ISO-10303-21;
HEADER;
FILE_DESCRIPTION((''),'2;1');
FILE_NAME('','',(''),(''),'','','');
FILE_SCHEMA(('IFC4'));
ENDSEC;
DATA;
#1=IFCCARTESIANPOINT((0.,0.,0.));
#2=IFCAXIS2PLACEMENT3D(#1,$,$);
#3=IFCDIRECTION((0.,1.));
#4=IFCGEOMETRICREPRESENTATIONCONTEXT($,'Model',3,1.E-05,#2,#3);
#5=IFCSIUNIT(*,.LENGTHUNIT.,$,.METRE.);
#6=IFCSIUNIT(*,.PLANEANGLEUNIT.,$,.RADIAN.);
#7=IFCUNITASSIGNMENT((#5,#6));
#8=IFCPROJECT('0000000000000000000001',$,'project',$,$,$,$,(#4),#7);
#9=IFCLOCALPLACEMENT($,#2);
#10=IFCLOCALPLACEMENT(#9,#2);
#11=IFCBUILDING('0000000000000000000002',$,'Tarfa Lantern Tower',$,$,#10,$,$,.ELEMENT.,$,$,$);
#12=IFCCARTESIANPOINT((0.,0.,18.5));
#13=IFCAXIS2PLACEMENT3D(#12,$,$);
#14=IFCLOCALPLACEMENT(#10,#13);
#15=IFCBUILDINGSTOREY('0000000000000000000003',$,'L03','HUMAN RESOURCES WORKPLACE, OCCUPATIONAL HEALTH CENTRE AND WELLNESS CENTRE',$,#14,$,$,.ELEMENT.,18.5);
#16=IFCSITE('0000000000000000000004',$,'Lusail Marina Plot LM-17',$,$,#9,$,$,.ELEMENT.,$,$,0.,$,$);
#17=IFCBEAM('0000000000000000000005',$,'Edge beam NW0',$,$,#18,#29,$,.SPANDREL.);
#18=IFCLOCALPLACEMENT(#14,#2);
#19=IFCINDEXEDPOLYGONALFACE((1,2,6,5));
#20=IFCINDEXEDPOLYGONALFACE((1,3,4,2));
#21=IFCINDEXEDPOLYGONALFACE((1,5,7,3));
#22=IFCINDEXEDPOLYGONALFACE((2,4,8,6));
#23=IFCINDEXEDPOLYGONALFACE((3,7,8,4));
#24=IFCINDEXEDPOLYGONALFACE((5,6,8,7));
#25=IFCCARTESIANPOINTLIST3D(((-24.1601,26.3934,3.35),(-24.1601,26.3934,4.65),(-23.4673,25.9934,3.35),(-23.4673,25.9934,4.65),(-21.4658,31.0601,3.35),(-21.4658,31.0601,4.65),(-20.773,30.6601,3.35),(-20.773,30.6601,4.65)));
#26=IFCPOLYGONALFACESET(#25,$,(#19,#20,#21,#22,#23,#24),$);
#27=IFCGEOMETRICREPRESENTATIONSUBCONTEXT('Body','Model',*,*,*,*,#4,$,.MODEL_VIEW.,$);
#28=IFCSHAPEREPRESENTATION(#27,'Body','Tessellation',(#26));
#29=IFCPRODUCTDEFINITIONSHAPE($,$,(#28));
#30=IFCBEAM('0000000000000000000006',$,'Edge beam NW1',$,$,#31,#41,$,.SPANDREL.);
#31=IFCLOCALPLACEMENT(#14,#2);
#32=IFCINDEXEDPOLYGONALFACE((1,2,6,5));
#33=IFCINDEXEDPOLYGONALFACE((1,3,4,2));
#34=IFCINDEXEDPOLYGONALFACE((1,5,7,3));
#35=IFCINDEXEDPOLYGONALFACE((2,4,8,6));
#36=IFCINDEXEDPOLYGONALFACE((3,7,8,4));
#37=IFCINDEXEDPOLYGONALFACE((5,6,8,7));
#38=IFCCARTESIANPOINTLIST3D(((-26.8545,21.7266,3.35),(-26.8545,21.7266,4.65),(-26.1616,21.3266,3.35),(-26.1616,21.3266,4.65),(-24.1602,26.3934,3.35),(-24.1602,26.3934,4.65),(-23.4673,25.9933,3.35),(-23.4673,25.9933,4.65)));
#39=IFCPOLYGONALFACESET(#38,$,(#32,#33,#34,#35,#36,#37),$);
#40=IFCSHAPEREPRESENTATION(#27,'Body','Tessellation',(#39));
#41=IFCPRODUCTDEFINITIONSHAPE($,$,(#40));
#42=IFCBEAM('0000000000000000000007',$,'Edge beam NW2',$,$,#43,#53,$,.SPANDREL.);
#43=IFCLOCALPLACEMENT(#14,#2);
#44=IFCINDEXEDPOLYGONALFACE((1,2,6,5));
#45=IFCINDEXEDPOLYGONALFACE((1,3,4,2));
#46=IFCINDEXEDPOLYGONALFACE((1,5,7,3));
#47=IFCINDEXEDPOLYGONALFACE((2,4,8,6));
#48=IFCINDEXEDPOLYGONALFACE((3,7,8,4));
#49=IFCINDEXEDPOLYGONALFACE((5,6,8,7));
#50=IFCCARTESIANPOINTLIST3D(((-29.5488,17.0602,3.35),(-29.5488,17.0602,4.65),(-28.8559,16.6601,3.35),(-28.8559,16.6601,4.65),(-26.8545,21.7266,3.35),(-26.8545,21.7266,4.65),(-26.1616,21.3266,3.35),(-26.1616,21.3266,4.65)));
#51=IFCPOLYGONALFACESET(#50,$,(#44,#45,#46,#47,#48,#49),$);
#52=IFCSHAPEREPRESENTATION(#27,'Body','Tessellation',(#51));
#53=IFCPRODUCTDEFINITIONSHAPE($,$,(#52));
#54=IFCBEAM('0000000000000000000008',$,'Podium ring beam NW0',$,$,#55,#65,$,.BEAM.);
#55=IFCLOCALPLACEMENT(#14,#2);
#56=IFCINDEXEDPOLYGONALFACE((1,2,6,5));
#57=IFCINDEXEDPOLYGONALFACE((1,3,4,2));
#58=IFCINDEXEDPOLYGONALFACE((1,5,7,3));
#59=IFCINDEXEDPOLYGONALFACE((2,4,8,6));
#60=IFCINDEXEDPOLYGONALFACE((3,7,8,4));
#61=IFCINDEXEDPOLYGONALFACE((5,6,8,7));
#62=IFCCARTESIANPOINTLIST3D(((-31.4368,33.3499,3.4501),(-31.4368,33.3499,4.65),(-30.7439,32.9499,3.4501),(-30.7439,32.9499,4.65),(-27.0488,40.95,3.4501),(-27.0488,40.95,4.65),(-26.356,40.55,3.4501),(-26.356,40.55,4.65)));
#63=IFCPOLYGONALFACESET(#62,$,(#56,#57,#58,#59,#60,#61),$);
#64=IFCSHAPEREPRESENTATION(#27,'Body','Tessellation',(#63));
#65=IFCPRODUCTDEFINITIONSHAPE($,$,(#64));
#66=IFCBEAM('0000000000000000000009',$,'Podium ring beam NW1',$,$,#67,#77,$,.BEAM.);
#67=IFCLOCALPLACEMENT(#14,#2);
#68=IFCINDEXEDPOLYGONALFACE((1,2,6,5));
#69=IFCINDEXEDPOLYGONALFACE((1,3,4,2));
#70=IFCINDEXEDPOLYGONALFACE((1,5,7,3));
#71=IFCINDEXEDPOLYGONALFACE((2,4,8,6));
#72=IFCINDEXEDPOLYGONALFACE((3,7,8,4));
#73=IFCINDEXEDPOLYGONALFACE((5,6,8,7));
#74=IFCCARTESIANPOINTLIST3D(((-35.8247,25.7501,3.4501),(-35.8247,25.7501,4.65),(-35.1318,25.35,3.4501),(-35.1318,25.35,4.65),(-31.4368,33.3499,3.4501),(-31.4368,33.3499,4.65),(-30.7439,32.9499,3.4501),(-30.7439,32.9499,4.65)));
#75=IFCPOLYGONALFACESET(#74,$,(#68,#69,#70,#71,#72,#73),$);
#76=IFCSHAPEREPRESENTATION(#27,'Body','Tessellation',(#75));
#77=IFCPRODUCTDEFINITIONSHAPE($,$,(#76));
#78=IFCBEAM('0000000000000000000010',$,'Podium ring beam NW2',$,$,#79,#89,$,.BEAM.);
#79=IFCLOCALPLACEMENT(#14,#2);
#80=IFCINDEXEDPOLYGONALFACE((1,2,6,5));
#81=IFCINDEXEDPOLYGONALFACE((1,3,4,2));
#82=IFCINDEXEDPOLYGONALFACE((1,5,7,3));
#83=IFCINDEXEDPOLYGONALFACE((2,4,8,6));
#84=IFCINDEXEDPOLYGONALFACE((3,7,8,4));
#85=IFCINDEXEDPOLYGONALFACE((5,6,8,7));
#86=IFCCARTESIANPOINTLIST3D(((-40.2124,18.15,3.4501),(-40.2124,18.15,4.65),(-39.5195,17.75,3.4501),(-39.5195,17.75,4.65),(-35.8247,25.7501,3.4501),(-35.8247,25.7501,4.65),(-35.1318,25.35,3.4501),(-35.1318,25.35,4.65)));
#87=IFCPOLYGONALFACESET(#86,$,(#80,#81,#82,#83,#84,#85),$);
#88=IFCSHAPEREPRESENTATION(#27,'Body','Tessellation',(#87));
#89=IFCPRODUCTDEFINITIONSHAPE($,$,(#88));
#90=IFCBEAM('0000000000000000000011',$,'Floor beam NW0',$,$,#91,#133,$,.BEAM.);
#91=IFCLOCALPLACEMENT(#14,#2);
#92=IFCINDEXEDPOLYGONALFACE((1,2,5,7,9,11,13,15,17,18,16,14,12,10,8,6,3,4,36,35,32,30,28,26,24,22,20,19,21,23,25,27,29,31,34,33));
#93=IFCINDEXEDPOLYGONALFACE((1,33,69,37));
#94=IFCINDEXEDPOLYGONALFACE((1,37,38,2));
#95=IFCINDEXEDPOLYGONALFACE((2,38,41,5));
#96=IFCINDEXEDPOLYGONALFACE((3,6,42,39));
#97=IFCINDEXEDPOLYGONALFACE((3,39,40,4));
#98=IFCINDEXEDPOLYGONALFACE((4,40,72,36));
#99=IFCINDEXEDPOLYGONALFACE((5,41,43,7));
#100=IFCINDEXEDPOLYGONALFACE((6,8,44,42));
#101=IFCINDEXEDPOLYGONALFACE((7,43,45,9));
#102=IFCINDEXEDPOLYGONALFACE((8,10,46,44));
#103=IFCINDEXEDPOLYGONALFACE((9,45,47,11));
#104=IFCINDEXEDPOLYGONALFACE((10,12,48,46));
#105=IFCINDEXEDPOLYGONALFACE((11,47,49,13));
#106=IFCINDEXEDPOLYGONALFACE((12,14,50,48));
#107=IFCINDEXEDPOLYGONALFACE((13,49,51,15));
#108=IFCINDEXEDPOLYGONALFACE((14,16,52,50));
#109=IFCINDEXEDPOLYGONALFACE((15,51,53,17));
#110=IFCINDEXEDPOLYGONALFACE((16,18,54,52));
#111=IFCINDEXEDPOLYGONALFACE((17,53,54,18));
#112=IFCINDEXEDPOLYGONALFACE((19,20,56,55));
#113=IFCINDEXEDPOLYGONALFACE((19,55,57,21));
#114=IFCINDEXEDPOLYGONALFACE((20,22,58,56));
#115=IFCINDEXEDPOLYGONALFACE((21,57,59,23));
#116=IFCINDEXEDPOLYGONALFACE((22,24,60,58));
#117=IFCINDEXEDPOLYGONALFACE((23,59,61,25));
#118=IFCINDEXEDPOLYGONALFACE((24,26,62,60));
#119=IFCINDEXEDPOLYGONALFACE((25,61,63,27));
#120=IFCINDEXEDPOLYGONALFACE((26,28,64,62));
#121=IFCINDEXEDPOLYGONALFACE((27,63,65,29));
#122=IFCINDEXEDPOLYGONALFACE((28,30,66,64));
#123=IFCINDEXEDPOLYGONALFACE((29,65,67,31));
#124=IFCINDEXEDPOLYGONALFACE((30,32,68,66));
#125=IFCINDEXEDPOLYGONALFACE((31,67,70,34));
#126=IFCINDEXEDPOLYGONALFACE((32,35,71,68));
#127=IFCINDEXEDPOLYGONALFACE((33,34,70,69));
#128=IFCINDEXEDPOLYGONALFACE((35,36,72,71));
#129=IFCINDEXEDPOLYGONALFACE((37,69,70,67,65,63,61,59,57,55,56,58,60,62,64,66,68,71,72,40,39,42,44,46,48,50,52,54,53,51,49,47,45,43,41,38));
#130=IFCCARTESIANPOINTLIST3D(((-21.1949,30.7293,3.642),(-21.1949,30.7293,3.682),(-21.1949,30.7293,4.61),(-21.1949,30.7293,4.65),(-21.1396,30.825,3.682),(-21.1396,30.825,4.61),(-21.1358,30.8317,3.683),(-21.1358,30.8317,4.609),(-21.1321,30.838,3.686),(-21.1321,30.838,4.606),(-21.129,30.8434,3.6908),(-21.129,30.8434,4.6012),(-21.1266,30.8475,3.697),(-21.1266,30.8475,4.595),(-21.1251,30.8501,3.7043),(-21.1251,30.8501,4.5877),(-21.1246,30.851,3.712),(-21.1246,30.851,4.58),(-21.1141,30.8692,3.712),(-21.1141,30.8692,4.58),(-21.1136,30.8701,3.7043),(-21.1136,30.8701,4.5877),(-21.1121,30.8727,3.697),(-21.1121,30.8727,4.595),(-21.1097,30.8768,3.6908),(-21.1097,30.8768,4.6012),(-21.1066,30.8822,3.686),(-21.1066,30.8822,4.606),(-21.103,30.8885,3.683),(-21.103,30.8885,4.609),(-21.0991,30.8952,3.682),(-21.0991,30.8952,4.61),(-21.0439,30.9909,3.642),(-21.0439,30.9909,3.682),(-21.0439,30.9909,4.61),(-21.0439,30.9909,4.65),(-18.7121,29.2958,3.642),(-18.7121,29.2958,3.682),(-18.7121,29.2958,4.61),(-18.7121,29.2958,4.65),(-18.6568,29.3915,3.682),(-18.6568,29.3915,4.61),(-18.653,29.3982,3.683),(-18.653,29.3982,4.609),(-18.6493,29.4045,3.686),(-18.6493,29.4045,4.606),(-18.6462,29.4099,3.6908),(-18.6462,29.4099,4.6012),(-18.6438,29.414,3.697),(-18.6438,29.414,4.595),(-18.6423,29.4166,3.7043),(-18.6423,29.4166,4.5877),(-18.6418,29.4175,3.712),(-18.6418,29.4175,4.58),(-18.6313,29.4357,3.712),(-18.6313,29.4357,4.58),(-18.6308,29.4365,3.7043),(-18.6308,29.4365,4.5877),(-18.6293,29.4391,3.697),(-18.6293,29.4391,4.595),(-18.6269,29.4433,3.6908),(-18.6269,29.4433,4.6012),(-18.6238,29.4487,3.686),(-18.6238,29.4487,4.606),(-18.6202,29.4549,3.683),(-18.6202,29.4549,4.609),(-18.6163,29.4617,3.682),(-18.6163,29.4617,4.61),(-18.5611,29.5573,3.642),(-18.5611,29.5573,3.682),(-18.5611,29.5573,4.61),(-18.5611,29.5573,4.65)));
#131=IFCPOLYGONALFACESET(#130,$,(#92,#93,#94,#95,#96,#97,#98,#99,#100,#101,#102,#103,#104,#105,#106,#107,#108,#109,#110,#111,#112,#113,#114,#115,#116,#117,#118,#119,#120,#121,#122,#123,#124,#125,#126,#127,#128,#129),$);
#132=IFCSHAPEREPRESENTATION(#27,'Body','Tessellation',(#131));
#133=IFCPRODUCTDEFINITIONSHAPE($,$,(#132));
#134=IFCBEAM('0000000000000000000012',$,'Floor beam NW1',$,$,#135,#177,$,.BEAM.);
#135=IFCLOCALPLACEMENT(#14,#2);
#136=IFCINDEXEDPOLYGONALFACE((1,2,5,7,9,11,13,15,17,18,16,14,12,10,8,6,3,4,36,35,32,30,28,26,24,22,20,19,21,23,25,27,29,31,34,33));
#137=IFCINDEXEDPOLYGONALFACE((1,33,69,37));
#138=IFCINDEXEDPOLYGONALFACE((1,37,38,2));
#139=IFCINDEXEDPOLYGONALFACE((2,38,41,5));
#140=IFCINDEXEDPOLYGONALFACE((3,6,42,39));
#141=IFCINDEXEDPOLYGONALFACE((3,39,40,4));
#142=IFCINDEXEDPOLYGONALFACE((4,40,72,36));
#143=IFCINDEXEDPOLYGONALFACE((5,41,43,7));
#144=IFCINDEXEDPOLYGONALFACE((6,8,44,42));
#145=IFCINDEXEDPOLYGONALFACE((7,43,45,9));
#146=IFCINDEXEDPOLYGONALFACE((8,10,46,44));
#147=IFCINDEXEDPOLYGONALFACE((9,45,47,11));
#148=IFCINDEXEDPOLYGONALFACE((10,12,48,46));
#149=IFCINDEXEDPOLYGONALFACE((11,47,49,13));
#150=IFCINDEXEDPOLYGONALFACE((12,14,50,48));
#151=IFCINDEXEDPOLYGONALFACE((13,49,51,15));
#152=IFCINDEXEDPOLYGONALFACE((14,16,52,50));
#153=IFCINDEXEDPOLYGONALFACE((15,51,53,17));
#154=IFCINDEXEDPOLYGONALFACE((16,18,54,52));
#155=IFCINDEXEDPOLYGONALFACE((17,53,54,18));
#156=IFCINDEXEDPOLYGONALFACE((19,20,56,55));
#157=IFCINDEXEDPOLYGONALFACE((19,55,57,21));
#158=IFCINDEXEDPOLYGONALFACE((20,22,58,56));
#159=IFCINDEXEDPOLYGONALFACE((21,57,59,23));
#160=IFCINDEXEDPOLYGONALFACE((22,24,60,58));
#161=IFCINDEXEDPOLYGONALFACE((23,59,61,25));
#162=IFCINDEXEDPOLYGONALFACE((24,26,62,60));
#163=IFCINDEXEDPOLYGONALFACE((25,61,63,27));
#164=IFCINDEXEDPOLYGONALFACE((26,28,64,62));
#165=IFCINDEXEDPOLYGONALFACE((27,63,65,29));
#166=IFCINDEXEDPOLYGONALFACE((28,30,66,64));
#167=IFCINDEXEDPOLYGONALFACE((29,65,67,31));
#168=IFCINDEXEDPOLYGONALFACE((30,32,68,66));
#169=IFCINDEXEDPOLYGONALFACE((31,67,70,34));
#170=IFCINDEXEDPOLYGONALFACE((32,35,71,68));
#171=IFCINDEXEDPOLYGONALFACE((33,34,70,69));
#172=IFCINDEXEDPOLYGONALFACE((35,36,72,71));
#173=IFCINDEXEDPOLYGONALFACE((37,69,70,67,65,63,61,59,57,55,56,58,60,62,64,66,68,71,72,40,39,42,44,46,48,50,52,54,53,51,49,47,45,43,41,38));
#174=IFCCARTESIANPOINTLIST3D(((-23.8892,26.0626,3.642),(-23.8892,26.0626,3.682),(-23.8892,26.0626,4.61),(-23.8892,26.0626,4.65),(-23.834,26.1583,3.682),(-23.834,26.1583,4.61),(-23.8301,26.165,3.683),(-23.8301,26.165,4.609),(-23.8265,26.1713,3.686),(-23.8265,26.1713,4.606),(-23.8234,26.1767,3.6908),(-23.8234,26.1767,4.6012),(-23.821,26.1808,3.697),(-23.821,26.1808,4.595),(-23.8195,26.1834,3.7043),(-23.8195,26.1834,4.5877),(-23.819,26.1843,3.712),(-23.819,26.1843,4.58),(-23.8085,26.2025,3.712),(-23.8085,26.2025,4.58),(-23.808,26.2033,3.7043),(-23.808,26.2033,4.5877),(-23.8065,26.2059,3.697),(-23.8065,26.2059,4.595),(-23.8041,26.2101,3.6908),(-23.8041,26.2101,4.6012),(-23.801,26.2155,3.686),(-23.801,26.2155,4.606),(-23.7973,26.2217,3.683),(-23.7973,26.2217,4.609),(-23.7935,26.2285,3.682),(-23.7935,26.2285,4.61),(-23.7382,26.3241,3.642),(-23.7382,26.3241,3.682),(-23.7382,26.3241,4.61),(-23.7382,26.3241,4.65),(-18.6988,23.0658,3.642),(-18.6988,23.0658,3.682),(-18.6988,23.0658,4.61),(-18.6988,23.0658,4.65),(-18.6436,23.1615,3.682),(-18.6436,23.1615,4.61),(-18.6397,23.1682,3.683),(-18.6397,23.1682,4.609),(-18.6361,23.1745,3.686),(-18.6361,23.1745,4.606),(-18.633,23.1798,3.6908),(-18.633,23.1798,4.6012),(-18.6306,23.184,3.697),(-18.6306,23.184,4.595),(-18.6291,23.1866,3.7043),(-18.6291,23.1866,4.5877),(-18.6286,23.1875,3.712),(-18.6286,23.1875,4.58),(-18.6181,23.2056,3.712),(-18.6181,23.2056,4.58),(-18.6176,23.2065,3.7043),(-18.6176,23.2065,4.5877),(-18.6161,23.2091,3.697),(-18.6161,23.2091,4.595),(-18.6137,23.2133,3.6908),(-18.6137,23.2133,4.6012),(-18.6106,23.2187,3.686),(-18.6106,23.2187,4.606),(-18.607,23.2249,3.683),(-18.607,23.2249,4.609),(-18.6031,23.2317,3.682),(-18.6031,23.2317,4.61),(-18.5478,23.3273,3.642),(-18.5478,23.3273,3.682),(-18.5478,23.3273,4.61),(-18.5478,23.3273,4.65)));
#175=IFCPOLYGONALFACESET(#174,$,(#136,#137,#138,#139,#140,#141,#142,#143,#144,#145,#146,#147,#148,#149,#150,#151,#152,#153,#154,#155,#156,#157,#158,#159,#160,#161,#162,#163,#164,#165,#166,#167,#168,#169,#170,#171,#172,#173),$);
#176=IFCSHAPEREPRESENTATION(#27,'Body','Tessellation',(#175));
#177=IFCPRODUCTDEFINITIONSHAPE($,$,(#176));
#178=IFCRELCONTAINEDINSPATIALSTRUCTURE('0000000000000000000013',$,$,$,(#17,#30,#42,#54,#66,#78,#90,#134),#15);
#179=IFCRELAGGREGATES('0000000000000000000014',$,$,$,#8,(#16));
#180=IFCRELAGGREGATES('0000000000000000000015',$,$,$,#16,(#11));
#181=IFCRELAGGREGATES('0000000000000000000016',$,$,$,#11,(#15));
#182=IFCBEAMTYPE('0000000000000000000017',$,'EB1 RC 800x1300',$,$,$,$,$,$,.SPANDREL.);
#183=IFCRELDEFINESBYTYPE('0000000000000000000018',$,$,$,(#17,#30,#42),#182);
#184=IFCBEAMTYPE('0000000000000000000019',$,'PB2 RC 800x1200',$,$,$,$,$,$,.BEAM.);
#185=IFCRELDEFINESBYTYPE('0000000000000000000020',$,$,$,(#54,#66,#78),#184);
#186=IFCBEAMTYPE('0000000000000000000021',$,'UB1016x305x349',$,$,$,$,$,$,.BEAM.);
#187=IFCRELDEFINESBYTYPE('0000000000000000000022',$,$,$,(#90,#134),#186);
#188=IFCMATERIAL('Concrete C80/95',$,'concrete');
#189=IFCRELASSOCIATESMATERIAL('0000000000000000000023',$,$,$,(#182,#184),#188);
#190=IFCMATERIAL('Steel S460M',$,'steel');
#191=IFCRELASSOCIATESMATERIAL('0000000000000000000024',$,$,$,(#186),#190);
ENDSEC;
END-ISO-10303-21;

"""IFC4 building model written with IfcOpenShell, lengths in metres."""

from ifc_helpers import new_model, si_unit, direction, frame, origin, origin_2d, place, context, subcontext, project, spatial, rectangle, i_section, extrude, material, material_profile, profile_set, type_object, element, save


model = new_model("IFC4")

# Units and contexts
model_context = context("Model", 3, precision=1e-05, world=origin(), true_north=direction((0.0, 1.0)))
body_context = subcontext(model_context, "Body", "Model", "MODEL_VIEW")
ifc_project = project(units=[si_unit("LENGTHUNIT", "METRE"), si_unit("PLANEANGLEUNIT", "RADIAN")], contexts=[model_context])

# Site, building, storey
site_placement = place(None, origin())
site = spatial("IfcSite", under=ifc_project, at=site_placement, Name="Lusail Marina Plot LM-17", CompositionType="ELEMENT", RefElevation=0.0)
building_placement = place(site_placement, origin())
building = spatial("IfcBuilding", under=site, at=building_placement, Name="Tarfa Lantern Tower", CompositionType="ELEMENT")
storey_placement = place(building_placement, frame((0.0, 0.0, 18.5)))
storey = spatial("IfcBuildingStorey", under=building, at=storey_placement, Name="L03", Description="HUMAN RESOURCES WORKPLACE, OCCUPATIONAL HEALTH CENTRE AND WELLNESS CENTRE", CompositionType="ELEMENT", Elevation=18.5)

# Shared definitions
ifc_material_1 = material(Name="Concrete C80/95", Category="concrete")

# Beams
ifc_material_profile_1 = material_profile(ifc_material_1, rectangle(XDim=0.8, YDim=1.3, at=origin_2d()), Name="RC 800x1300")
ifc_profile_set_1 = profile_set([ifc_material_profile_1], Name="Concrete C80/95")
beam_type_1 = type_object("IfcBeamType", Name="EB1 RC 800x1300", PredefinedType="SPANDREL", material=ifc_profile_set_1)
for number, where, z_axis, x_axis, name in (
    (1, (-21.1194, 30.8601, 4.0), (-0.499998, -0.866026, 0.0), (0.866026, -0.499998, 0.0), "Edge beam NW0"),
    (2, (-23.8137, 26.1934, 4.0), (-0.499998, -0.866026, 0.0), (0.866026, -0.499998, 0.0), "Edge beam NW1"),
):
    element("IfcBeam", number, at=place(storey_placement, frame(where, z_axis=z_axis, x_axis=x_axis)), inside=storey, type_object=beam_type_1, Name=name, PredefinedType="SPANDREL", context=body_context, shape_type="SweptSolid", body=[
        extrude(rectangle(XDim=0.8, YDim=1.3, at=origin_2d()), origin(), (0.0, 0.0, 1.0), 5.3887),
    ])
beam_1_placement = place(storey_placement, frame((-26.5081, 21.5266, 4.0), z_axis=(-0.500018, -0.866015, 0.0), x_axis=(0.866015, -0.500018, 0.0)))
element("IfcBeam", 3, at=beam_1_placement, inside=storey, type_object=beam_type_1, Name="Edge beam NW2", PredefinedType="SPANDREL", context=body_context, shape_type="SweptSolid", body=[
    extrude(rectangle(XDim=0.8, YDim=1.3, at=origin_2d()), origin(), (0.0, 0.0, 1.0), 5.3884),
])
ifc_material_profile_2 = material_profile(ifc_material_1, rectangle(XDim=0.8, YDim=1.2, at=origin_2d()), Name="RC 800x1200")
ifc_profile_set_2 = profile_set([ifc_material_profile_2], Name="Concrete C80/95")
beam_type_2 = type_object("IfcBeamType", Name="PB2 RC 800x1200", PredefinedType="BEAM", material=ifc_profile_set_2)
beam_2_placement = place(storey_placement, frame((-26.7024, 40.75, 4.05), z_axis=(-0.500002, -0.866024, 0.0), x_axis=(0.866024, -0.500002, 0.0)))
element("IfcBeam", 4, at=beam_2_placement, inside=storey, type_object=beam_type_2, Name="Podium ring beam NW0", PredefinedType="BEAM", context=body_context, shape_type="SweptSolid", body=[
    extrude(rectangle(XDim=0.8, YDim=1.2, at=origin_2d()), origin(), (0.0, 0.0, 1.0), 8.7759),
])
for number, where, z_axis, x_axis, name in (
    (5, (-31.0903, 33.1499, 4.05), (-0.500014, -0.866017, 0.0), (0.866017, -0.500014, 0.0), "Podium ring beam NW1"),
    (6, (-35.4783, 25.55, 4.05), (-0.499981, -0.866036, 0.0), (0.866036, -0.499981, 0.0), "Podium ring beam NW2"),
):
    element("IfcBeam", number, at=place(storey_placement, frame(where, z_axis=z_axis, x_axis=x_axis)), inside=storey, type_object=beam_type_2, Name=name, PredefinedType="BEAM", context=body_context, shape_type="SweptSolid", body=[
        extrude(rectangle(XDim=0.8, YDim=1.2, at=origin_2d()), origin(), (0.0, 0.0, 1.0), 8.7756),
    ])
ifc_material_2 = material(Name="Steel S460M", Category="steel")
ifc_material_profile_3 = material_profile(ifc_material_2, i_section(OverallWidth=0.302, OverallDepth=1.0081, WebThickness=0.021, FlangeThickness=0.04, FilletRadius=0.03, at=origin_2d()), Name="UB1016x305x349")
ifc_profile_set_3 = profile_set([ifc_material_profile_3], Name="Steel S460M")
beam_type_3 = type_object("IfcBeamType", Name="UB1016x305x349", PredefinedType="BEAM", material=ifc_profile_set_3)
beam_3_placement = place(storey_placement, frame((-21.1194, 30.8601, 4.146), z_axis=(0.866013, -0.500022, 0.0), x_axis=(0.500022, 0.866013, 0.0)))
element("IfcBeam", 7, at=beam_3_placement, inside=storey, type_object=beam_type_3, Name="Floor beam NW0", PredefinedType="BEAM", context=body_context, shape_type="SweptSolid", body=[
    extrude(i_section(OverallWidth=0.302, OverallDepth=1.0081, WebThickness=0.021, FlangeThickness=0.04, FilletRadius=0.03, at=origin_2d()), origin(), (0.0, 0.0, 1.0), 2.8669),
])
beam_4_placement = place(storey_placement, frame((-23.8137, 26.1934, 4.146), z_axis=(0.866016, -0.500016, 0.0), x_axis=(0.500016, 0.866016, 0.0)))
element("IfcBeam", 8, at=beam_4_placement, inside=storey, type_object=beam_type_3, Name="Floor beam NW1", PredefinedType="BEAM", context=body_context, shape_type="SweptSolid", body=[
    extrude(i_section(OverallWidth=0.302, OverallDepth=1.0081, WebThickness=0.021, FlangeThickness=0.04, FilletRadius=0.03, at=origin_2d()), origin(), (0.0, 0.0, 1.0), 5.9934),
])

save(model, "model.ifc")
